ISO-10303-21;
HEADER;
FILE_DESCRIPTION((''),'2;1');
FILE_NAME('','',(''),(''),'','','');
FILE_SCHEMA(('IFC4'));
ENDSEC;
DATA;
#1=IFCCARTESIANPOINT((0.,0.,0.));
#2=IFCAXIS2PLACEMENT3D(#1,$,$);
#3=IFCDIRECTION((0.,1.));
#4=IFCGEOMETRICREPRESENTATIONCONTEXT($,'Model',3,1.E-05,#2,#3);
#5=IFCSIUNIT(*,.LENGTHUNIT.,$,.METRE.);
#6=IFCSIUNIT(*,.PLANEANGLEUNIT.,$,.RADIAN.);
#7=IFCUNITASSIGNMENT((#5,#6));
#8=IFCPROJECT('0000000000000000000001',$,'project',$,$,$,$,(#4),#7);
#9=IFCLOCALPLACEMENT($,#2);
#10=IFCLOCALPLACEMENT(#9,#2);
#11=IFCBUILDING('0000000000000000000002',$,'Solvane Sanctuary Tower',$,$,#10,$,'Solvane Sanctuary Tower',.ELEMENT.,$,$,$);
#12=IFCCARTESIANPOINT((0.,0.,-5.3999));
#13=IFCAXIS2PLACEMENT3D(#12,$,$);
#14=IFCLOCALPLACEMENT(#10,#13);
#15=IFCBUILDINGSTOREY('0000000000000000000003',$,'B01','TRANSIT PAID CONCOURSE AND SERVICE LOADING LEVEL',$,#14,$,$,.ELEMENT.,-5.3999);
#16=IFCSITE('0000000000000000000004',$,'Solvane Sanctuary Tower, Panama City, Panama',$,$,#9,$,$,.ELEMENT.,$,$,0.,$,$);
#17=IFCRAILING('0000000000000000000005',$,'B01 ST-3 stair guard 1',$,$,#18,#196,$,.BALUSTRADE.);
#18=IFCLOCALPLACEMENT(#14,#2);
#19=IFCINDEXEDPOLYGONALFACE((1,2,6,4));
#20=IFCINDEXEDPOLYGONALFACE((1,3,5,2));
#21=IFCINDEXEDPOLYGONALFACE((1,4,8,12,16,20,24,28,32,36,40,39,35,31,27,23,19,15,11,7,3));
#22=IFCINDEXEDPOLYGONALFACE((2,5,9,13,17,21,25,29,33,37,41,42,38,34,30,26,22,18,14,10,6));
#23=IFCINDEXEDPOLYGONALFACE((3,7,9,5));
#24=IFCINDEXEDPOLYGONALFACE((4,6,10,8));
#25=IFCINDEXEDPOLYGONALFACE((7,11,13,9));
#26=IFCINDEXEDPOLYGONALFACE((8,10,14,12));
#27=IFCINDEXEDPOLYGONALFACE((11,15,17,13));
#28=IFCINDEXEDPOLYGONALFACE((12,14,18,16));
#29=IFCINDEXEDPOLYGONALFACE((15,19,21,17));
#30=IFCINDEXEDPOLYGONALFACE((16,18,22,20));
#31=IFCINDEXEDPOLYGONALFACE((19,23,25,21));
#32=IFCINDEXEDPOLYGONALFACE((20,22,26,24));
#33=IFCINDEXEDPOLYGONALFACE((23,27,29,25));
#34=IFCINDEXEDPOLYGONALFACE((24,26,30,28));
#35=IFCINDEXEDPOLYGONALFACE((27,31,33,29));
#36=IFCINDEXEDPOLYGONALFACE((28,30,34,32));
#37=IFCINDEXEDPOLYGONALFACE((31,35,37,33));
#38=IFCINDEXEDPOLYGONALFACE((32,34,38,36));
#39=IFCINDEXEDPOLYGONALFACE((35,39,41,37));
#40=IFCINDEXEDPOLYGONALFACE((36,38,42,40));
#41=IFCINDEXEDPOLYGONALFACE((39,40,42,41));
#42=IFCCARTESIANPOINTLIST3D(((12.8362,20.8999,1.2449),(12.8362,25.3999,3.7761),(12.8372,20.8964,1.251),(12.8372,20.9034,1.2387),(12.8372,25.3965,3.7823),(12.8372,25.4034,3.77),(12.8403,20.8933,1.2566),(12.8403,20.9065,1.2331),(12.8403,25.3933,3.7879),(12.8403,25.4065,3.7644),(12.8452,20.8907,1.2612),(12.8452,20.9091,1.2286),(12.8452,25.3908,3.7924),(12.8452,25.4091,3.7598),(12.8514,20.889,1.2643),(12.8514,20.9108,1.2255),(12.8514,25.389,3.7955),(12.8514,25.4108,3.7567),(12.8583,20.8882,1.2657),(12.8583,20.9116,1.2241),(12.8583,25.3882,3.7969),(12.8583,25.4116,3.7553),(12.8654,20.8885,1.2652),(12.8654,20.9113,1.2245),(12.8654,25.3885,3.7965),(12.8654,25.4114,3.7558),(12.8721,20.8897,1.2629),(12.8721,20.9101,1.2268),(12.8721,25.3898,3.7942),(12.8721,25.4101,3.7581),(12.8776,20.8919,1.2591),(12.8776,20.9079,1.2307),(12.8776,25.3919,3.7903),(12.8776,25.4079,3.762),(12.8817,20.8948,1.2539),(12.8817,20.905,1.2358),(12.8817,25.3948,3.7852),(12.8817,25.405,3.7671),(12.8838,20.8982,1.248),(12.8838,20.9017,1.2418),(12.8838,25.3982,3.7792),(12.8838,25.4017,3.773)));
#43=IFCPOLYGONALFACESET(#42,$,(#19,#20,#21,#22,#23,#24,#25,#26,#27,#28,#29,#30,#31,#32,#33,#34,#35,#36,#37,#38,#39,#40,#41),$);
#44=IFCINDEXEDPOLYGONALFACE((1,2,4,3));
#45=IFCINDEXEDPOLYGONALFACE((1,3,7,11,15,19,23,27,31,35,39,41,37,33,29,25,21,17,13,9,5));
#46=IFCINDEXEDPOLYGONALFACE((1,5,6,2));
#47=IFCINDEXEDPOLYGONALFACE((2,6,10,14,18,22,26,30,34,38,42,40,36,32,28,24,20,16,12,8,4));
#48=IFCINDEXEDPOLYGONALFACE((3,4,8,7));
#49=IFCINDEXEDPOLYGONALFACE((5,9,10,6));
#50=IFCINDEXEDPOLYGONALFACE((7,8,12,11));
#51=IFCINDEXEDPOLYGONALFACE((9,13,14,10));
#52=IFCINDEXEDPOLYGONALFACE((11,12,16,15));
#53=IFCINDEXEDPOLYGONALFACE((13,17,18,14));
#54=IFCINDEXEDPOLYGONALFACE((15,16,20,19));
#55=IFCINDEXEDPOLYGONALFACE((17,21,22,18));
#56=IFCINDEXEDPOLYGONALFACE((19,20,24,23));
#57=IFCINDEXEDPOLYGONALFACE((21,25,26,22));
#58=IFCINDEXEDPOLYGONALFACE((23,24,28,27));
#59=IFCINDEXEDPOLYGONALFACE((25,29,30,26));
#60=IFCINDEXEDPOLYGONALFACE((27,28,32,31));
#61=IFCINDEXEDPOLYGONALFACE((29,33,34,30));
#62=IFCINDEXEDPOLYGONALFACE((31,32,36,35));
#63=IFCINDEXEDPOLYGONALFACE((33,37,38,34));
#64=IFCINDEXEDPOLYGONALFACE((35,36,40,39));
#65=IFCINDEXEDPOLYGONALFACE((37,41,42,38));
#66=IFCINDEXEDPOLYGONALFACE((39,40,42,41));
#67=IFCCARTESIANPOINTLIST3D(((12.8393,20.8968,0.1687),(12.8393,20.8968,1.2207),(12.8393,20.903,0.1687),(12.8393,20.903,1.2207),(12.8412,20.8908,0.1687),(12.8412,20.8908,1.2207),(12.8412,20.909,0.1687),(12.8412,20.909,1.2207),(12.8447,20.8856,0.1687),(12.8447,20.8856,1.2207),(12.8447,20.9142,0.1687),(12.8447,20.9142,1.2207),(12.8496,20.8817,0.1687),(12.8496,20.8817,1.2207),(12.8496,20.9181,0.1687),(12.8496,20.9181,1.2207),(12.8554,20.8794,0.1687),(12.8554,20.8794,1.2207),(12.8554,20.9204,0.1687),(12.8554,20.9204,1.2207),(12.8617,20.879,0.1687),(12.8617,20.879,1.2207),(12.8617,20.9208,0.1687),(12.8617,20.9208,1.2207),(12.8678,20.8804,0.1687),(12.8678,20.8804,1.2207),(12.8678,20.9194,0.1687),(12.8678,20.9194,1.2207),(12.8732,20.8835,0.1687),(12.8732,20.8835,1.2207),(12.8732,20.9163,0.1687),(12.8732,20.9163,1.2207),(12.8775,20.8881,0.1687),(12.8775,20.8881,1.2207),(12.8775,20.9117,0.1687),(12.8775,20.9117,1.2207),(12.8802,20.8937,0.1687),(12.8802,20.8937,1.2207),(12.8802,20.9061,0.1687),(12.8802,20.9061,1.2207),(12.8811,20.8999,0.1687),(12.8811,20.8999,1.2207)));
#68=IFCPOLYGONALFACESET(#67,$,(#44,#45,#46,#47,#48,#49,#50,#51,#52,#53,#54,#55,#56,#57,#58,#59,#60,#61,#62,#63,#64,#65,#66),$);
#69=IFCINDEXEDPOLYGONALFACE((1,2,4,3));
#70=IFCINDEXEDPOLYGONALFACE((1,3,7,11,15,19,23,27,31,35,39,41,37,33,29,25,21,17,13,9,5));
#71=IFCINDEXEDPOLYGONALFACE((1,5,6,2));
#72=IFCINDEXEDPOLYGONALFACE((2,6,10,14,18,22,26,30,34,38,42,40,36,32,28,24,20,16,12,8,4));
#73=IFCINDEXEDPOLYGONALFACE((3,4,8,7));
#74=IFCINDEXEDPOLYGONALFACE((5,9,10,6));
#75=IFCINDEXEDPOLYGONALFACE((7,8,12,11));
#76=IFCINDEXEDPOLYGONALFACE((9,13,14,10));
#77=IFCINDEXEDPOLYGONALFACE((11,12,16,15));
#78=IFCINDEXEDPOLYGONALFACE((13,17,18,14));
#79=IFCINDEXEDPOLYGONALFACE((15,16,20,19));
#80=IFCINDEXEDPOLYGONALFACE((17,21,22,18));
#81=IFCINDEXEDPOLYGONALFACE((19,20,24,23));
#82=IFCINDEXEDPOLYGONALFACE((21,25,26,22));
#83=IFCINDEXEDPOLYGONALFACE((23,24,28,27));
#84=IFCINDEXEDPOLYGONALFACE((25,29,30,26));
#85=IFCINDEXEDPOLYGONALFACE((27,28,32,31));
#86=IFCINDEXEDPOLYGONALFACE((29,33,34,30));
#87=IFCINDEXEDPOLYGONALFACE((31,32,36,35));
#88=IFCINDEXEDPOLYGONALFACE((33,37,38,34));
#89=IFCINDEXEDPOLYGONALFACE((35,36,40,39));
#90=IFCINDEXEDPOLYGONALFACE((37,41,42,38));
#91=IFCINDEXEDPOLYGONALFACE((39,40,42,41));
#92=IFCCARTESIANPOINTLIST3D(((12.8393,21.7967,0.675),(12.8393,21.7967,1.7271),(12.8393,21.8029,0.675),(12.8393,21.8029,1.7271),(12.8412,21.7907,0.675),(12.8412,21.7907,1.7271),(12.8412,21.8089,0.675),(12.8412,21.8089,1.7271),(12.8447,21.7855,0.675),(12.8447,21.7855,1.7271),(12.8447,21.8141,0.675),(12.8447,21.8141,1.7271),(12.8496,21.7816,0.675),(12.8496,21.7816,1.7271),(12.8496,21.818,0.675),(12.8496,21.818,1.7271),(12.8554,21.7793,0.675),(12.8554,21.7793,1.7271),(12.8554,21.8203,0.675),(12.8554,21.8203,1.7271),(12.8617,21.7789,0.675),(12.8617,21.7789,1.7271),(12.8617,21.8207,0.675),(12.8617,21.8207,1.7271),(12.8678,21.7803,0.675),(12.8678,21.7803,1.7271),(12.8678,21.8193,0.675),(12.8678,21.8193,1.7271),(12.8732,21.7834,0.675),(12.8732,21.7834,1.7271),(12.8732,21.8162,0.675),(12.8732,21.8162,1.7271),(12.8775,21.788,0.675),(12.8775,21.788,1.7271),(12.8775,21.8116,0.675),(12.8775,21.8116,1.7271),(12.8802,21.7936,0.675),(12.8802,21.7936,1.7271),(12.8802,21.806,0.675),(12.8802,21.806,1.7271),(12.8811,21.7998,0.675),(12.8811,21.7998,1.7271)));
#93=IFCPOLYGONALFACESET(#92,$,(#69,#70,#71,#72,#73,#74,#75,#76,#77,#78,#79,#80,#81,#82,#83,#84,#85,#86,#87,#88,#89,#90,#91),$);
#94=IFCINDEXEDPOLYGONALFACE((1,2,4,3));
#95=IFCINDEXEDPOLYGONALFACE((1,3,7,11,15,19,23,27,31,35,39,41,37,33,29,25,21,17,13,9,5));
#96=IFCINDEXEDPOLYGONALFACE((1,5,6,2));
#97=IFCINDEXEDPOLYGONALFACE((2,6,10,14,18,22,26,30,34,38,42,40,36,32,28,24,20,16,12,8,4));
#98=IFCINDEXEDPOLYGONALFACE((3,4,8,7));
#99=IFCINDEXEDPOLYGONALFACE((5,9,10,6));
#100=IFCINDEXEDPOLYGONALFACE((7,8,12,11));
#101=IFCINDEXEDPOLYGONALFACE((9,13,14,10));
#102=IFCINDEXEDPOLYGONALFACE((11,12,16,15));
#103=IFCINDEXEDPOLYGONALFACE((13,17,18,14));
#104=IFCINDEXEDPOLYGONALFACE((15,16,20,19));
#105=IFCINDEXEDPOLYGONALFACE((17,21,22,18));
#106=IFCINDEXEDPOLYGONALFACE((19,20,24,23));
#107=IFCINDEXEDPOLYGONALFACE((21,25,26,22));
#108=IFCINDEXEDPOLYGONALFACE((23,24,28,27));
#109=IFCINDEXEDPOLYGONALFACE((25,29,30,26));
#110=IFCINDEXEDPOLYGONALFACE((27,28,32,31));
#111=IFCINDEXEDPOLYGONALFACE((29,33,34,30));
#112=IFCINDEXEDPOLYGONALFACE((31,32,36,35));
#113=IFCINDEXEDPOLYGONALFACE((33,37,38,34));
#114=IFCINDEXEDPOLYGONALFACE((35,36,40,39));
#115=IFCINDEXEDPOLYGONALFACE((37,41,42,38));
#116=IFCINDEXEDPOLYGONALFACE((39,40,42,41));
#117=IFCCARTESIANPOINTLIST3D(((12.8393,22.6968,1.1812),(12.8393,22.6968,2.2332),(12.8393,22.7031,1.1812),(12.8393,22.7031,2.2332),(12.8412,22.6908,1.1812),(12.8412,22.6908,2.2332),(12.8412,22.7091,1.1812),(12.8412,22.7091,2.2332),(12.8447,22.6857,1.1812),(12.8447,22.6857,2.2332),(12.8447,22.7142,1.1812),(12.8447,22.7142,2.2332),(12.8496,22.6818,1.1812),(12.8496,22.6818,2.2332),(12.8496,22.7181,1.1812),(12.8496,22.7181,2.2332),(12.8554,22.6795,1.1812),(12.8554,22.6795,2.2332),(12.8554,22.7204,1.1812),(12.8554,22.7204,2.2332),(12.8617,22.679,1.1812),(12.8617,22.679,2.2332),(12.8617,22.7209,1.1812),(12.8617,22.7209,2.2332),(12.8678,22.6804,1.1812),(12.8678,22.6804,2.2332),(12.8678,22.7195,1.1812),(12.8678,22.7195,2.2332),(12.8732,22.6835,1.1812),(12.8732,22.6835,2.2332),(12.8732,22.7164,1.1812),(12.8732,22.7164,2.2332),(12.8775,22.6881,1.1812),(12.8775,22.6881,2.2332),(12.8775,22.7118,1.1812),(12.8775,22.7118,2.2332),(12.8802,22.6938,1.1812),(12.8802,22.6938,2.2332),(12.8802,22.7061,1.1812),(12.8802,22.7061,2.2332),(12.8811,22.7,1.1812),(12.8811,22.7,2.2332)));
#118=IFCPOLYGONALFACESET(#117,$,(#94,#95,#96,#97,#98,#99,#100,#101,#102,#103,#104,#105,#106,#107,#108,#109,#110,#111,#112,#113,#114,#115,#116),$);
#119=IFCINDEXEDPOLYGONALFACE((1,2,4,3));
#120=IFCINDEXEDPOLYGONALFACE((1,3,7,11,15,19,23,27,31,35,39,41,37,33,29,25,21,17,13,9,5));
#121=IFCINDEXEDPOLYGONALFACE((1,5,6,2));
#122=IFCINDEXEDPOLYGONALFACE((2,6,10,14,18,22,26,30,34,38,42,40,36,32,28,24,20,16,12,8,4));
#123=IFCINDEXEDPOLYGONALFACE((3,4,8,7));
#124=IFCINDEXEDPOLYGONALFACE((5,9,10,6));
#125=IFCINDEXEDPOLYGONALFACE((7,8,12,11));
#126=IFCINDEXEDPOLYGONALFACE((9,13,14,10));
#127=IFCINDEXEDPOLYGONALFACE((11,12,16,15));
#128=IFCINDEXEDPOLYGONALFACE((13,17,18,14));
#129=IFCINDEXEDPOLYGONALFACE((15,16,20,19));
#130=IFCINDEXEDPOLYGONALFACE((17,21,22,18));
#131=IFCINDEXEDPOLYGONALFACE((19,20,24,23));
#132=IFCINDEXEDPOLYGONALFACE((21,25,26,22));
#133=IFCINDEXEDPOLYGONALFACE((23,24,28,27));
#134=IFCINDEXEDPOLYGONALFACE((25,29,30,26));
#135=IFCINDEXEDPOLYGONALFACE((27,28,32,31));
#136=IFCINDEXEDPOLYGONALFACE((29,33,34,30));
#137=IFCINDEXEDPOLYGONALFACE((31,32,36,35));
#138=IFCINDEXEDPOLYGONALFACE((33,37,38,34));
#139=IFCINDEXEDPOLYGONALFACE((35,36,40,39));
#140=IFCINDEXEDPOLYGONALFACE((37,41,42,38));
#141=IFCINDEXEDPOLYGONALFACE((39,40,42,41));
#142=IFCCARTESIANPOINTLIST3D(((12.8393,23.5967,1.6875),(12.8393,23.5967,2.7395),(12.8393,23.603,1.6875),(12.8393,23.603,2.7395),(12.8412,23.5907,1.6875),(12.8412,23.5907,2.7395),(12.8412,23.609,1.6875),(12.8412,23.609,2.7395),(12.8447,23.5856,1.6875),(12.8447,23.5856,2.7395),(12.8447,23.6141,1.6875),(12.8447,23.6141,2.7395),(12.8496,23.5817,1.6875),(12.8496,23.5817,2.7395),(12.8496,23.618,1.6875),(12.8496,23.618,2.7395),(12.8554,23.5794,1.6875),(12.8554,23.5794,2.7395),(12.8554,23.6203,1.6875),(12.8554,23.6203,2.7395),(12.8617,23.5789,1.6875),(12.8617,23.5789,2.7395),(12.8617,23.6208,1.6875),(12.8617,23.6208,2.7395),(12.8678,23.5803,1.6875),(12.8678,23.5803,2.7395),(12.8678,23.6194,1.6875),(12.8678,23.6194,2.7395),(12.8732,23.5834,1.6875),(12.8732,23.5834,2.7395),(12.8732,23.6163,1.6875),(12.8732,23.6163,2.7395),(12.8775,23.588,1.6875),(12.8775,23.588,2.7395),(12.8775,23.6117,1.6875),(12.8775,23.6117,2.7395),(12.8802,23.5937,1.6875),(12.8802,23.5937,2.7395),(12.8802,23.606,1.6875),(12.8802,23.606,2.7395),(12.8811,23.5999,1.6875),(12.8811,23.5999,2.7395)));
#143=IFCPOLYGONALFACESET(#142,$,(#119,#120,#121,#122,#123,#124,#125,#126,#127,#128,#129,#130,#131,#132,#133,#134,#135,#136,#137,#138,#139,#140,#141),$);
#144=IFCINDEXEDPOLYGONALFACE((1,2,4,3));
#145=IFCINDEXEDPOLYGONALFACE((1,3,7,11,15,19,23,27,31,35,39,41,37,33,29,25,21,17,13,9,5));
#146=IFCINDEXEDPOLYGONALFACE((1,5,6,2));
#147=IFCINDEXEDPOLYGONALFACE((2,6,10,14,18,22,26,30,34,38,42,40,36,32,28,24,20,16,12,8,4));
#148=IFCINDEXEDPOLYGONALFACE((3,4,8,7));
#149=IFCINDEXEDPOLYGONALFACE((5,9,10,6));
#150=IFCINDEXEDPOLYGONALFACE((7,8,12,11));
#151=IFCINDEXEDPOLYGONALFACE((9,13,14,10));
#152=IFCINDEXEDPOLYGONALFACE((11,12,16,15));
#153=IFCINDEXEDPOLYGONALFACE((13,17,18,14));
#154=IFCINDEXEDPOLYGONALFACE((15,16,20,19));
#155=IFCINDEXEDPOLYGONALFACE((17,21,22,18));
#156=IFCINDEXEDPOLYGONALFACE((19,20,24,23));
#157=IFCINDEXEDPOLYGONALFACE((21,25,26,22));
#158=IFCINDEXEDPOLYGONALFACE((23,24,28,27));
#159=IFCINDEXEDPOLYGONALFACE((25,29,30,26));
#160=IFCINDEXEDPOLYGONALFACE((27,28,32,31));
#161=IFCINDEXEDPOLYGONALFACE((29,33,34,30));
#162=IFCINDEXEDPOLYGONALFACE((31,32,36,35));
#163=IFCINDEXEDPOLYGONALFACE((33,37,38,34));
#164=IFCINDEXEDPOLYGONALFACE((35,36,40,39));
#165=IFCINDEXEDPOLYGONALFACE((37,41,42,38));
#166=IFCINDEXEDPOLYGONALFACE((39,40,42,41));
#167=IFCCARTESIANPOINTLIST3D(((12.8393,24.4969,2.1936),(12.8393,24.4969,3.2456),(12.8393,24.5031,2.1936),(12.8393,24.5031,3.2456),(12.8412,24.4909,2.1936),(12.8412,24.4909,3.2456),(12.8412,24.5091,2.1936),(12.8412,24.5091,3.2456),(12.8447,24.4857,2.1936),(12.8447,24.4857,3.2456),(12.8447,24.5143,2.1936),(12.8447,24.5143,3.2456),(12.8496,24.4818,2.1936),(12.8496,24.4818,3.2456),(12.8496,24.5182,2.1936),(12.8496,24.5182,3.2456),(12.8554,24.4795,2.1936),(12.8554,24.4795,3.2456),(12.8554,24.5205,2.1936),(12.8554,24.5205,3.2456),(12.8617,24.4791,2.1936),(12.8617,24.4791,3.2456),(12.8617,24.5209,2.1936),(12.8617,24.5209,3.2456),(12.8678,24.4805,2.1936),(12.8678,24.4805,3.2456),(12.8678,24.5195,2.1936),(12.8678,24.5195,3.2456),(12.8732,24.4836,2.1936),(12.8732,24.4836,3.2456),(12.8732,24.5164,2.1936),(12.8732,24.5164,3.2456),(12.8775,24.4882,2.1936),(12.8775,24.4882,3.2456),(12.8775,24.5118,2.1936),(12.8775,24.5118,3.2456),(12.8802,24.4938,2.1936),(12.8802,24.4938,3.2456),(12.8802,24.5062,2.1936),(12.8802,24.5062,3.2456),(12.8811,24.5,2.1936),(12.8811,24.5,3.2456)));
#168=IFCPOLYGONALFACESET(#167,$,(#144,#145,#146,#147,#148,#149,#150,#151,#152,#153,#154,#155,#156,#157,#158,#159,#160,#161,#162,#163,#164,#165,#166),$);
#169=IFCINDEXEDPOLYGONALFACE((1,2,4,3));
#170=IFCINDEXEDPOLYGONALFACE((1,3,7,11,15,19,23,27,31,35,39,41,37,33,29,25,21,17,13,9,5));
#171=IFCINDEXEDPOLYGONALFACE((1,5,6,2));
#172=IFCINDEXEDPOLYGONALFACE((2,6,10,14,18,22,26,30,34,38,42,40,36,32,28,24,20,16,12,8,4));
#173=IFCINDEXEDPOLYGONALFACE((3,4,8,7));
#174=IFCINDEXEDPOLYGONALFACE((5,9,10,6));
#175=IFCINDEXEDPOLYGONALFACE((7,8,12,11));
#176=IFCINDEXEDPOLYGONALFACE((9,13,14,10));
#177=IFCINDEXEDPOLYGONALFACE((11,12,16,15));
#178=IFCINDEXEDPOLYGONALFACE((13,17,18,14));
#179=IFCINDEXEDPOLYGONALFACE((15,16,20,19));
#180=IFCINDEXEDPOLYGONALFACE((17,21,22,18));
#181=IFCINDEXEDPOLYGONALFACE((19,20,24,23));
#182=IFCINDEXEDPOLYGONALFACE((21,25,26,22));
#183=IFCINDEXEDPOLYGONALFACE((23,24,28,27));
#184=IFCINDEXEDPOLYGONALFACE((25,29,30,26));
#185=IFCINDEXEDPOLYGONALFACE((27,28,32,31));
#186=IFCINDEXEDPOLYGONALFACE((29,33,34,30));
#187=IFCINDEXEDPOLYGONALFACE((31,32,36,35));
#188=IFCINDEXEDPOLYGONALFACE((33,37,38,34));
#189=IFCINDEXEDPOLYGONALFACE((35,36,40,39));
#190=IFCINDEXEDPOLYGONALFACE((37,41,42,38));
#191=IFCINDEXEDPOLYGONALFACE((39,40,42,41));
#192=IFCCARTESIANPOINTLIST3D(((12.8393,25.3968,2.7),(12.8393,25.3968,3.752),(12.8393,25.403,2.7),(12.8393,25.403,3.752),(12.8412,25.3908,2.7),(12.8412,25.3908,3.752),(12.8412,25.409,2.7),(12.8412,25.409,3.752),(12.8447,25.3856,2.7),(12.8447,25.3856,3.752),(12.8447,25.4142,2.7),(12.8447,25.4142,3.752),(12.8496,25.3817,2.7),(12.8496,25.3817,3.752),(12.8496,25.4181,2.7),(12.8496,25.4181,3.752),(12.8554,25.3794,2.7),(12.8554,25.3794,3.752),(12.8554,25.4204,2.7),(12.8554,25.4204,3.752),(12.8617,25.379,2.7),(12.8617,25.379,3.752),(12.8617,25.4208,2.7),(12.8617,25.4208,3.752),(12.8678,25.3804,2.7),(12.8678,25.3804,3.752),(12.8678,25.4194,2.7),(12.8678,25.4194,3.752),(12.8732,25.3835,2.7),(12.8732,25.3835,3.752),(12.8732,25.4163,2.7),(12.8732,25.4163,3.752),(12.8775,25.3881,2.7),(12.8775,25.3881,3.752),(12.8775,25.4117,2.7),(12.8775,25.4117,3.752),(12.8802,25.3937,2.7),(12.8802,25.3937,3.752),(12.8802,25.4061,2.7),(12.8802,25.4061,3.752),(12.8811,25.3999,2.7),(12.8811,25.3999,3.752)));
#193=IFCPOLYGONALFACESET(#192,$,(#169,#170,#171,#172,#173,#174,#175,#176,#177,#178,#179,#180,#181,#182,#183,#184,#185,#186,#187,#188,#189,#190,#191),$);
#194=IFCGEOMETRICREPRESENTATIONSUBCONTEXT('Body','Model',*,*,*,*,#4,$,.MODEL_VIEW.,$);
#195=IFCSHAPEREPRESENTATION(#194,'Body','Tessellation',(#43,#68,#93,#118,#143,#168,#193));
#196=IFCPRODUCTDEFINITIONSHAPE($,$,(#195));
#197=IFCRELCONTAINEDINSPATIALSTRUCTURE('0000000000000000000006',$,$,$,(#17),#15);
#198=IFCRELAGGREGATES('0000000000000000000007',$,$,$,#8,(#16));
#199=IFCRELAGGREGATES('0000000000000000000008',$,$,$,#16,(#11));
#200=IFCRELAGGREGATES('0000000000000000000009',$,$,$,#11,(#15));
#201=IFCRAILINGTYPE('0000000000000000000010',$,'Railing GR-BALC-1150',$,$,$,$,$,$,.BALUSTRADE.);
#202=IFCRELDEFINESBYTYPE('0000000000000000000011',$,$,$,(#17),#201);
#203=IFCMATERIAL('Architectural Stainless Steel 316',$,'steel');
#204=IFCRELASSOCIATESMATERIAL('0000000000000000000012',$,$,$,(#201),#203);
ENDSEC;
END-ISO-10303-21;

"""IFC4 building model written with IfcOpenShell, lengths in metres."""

from ifc_helpers import new_model, si_unit, direction, frame, origin, origin_2d, place, context, subcontext, project, spatial, circle, extrude, material, type_object, element, save


model = new_model("IFC4")

# Units and contexts
model_context = context("Model", 3, precision=1e-05, world=origin(), true_north=direction((0.0, 1.0)))
body_context = subcontext(model_context, "Body", "Model", "MODEL_VIEW")
ifc_project = project(units=[si_unit("LENGTHUNIT", "METRE"), si_unit("PLANEANGLEUNIT", "RADIAN")], contexts=[model_context])

# Site, building, storey
site_placement = place(None, origin())
site = spatial("IfcSite", under=ifc_project, at=site_placement, Name="Solvane Sanctuary Tower, Panama City, Panama", CompositionType="ELEMENT", RefElevation=0.0)
building_placement = place(site_placement, origin())
building = spatial("IfcBuilding", under=site, at=building_placement, Name="Solvane Sanctuary Tower", LongName="Solvane Sanctuary Tower", CompositionType="ELEMENT")
storey_placement = place(building_placement, frame((0.0, 0.0, -5.3999)))
storey = spatial("IfcBuildingStorey", under=building, at=storey_placement, Name="B01", Description="TRANSIT PAID CONCOURSE AND SERVICE LOADING LEVEL", CompositionType="ELEMENT", Elevation=-5.3999)

# Shared definitions
ifc_material_1 = material(Name="Architectural Stainless Steel 316", Category="steel")

# Railing
railing_type_1 = type_object("IfcRailingType", Name="Railing GR-BALC-1150", PredefinedType="BALUSTRADE", material=ifc_material_1)
railing_1_placement = place(storey_placement, frame((12.8601, 20.8999, 0.1687)))
element("IfcRailing", 1, at=railing_1_placement, inside=storey, type_object=railing_type_1, Name="B01 ST-3 stair guard 1", PredefinedType="BALUSTRADE", context=body_context, shape_type="SweptSolid", body=[
    extrude(circle(Radius=0.0239, at=origin_2d()), frame((0.0, 0.0, 1.0762), z_axis=(0.0, 0.871576, 0.490261), x_axis=(-1.0, 0.0, 0.0)), (0.0, 0.0, 1.0), 5.1631),
    extrude(circle(Radius=0.021, at=origin_2d()), origin(), (0.0, 0.0, 1.0), 1.052),
    extrude(circle(Radius=0.021, at=origin_2d()), frame((0.0, 0.8999, 0.5063)), (0.0, 0.0, 1.0), 1.052),
    extrude(circle(Radius=0.021, at=origin_2d()), frame((0.0, 1.8, 1.0125)), (0.0, 0.0, 1.0), 1.052),
    extrude(circle(Radius=0.021, at=origin_2d()), frame((0.0, 2.7, 1.5188)), (0.0, 0.0, 1.0), 1.052),
    extrude(circle(Radius=0.021, at=origin_2d()), frame((0.0, 3.6001, 2.0249)), (0.0, 0.0, 1.0), 1.052),
    extrude(circle(Radius=0.021, at=origin_2d()), frame((0.0, 4.5, 2.5312)), (0.0, 0.0, 1.0), 1.052),
])

save(model, "model.ifc")
